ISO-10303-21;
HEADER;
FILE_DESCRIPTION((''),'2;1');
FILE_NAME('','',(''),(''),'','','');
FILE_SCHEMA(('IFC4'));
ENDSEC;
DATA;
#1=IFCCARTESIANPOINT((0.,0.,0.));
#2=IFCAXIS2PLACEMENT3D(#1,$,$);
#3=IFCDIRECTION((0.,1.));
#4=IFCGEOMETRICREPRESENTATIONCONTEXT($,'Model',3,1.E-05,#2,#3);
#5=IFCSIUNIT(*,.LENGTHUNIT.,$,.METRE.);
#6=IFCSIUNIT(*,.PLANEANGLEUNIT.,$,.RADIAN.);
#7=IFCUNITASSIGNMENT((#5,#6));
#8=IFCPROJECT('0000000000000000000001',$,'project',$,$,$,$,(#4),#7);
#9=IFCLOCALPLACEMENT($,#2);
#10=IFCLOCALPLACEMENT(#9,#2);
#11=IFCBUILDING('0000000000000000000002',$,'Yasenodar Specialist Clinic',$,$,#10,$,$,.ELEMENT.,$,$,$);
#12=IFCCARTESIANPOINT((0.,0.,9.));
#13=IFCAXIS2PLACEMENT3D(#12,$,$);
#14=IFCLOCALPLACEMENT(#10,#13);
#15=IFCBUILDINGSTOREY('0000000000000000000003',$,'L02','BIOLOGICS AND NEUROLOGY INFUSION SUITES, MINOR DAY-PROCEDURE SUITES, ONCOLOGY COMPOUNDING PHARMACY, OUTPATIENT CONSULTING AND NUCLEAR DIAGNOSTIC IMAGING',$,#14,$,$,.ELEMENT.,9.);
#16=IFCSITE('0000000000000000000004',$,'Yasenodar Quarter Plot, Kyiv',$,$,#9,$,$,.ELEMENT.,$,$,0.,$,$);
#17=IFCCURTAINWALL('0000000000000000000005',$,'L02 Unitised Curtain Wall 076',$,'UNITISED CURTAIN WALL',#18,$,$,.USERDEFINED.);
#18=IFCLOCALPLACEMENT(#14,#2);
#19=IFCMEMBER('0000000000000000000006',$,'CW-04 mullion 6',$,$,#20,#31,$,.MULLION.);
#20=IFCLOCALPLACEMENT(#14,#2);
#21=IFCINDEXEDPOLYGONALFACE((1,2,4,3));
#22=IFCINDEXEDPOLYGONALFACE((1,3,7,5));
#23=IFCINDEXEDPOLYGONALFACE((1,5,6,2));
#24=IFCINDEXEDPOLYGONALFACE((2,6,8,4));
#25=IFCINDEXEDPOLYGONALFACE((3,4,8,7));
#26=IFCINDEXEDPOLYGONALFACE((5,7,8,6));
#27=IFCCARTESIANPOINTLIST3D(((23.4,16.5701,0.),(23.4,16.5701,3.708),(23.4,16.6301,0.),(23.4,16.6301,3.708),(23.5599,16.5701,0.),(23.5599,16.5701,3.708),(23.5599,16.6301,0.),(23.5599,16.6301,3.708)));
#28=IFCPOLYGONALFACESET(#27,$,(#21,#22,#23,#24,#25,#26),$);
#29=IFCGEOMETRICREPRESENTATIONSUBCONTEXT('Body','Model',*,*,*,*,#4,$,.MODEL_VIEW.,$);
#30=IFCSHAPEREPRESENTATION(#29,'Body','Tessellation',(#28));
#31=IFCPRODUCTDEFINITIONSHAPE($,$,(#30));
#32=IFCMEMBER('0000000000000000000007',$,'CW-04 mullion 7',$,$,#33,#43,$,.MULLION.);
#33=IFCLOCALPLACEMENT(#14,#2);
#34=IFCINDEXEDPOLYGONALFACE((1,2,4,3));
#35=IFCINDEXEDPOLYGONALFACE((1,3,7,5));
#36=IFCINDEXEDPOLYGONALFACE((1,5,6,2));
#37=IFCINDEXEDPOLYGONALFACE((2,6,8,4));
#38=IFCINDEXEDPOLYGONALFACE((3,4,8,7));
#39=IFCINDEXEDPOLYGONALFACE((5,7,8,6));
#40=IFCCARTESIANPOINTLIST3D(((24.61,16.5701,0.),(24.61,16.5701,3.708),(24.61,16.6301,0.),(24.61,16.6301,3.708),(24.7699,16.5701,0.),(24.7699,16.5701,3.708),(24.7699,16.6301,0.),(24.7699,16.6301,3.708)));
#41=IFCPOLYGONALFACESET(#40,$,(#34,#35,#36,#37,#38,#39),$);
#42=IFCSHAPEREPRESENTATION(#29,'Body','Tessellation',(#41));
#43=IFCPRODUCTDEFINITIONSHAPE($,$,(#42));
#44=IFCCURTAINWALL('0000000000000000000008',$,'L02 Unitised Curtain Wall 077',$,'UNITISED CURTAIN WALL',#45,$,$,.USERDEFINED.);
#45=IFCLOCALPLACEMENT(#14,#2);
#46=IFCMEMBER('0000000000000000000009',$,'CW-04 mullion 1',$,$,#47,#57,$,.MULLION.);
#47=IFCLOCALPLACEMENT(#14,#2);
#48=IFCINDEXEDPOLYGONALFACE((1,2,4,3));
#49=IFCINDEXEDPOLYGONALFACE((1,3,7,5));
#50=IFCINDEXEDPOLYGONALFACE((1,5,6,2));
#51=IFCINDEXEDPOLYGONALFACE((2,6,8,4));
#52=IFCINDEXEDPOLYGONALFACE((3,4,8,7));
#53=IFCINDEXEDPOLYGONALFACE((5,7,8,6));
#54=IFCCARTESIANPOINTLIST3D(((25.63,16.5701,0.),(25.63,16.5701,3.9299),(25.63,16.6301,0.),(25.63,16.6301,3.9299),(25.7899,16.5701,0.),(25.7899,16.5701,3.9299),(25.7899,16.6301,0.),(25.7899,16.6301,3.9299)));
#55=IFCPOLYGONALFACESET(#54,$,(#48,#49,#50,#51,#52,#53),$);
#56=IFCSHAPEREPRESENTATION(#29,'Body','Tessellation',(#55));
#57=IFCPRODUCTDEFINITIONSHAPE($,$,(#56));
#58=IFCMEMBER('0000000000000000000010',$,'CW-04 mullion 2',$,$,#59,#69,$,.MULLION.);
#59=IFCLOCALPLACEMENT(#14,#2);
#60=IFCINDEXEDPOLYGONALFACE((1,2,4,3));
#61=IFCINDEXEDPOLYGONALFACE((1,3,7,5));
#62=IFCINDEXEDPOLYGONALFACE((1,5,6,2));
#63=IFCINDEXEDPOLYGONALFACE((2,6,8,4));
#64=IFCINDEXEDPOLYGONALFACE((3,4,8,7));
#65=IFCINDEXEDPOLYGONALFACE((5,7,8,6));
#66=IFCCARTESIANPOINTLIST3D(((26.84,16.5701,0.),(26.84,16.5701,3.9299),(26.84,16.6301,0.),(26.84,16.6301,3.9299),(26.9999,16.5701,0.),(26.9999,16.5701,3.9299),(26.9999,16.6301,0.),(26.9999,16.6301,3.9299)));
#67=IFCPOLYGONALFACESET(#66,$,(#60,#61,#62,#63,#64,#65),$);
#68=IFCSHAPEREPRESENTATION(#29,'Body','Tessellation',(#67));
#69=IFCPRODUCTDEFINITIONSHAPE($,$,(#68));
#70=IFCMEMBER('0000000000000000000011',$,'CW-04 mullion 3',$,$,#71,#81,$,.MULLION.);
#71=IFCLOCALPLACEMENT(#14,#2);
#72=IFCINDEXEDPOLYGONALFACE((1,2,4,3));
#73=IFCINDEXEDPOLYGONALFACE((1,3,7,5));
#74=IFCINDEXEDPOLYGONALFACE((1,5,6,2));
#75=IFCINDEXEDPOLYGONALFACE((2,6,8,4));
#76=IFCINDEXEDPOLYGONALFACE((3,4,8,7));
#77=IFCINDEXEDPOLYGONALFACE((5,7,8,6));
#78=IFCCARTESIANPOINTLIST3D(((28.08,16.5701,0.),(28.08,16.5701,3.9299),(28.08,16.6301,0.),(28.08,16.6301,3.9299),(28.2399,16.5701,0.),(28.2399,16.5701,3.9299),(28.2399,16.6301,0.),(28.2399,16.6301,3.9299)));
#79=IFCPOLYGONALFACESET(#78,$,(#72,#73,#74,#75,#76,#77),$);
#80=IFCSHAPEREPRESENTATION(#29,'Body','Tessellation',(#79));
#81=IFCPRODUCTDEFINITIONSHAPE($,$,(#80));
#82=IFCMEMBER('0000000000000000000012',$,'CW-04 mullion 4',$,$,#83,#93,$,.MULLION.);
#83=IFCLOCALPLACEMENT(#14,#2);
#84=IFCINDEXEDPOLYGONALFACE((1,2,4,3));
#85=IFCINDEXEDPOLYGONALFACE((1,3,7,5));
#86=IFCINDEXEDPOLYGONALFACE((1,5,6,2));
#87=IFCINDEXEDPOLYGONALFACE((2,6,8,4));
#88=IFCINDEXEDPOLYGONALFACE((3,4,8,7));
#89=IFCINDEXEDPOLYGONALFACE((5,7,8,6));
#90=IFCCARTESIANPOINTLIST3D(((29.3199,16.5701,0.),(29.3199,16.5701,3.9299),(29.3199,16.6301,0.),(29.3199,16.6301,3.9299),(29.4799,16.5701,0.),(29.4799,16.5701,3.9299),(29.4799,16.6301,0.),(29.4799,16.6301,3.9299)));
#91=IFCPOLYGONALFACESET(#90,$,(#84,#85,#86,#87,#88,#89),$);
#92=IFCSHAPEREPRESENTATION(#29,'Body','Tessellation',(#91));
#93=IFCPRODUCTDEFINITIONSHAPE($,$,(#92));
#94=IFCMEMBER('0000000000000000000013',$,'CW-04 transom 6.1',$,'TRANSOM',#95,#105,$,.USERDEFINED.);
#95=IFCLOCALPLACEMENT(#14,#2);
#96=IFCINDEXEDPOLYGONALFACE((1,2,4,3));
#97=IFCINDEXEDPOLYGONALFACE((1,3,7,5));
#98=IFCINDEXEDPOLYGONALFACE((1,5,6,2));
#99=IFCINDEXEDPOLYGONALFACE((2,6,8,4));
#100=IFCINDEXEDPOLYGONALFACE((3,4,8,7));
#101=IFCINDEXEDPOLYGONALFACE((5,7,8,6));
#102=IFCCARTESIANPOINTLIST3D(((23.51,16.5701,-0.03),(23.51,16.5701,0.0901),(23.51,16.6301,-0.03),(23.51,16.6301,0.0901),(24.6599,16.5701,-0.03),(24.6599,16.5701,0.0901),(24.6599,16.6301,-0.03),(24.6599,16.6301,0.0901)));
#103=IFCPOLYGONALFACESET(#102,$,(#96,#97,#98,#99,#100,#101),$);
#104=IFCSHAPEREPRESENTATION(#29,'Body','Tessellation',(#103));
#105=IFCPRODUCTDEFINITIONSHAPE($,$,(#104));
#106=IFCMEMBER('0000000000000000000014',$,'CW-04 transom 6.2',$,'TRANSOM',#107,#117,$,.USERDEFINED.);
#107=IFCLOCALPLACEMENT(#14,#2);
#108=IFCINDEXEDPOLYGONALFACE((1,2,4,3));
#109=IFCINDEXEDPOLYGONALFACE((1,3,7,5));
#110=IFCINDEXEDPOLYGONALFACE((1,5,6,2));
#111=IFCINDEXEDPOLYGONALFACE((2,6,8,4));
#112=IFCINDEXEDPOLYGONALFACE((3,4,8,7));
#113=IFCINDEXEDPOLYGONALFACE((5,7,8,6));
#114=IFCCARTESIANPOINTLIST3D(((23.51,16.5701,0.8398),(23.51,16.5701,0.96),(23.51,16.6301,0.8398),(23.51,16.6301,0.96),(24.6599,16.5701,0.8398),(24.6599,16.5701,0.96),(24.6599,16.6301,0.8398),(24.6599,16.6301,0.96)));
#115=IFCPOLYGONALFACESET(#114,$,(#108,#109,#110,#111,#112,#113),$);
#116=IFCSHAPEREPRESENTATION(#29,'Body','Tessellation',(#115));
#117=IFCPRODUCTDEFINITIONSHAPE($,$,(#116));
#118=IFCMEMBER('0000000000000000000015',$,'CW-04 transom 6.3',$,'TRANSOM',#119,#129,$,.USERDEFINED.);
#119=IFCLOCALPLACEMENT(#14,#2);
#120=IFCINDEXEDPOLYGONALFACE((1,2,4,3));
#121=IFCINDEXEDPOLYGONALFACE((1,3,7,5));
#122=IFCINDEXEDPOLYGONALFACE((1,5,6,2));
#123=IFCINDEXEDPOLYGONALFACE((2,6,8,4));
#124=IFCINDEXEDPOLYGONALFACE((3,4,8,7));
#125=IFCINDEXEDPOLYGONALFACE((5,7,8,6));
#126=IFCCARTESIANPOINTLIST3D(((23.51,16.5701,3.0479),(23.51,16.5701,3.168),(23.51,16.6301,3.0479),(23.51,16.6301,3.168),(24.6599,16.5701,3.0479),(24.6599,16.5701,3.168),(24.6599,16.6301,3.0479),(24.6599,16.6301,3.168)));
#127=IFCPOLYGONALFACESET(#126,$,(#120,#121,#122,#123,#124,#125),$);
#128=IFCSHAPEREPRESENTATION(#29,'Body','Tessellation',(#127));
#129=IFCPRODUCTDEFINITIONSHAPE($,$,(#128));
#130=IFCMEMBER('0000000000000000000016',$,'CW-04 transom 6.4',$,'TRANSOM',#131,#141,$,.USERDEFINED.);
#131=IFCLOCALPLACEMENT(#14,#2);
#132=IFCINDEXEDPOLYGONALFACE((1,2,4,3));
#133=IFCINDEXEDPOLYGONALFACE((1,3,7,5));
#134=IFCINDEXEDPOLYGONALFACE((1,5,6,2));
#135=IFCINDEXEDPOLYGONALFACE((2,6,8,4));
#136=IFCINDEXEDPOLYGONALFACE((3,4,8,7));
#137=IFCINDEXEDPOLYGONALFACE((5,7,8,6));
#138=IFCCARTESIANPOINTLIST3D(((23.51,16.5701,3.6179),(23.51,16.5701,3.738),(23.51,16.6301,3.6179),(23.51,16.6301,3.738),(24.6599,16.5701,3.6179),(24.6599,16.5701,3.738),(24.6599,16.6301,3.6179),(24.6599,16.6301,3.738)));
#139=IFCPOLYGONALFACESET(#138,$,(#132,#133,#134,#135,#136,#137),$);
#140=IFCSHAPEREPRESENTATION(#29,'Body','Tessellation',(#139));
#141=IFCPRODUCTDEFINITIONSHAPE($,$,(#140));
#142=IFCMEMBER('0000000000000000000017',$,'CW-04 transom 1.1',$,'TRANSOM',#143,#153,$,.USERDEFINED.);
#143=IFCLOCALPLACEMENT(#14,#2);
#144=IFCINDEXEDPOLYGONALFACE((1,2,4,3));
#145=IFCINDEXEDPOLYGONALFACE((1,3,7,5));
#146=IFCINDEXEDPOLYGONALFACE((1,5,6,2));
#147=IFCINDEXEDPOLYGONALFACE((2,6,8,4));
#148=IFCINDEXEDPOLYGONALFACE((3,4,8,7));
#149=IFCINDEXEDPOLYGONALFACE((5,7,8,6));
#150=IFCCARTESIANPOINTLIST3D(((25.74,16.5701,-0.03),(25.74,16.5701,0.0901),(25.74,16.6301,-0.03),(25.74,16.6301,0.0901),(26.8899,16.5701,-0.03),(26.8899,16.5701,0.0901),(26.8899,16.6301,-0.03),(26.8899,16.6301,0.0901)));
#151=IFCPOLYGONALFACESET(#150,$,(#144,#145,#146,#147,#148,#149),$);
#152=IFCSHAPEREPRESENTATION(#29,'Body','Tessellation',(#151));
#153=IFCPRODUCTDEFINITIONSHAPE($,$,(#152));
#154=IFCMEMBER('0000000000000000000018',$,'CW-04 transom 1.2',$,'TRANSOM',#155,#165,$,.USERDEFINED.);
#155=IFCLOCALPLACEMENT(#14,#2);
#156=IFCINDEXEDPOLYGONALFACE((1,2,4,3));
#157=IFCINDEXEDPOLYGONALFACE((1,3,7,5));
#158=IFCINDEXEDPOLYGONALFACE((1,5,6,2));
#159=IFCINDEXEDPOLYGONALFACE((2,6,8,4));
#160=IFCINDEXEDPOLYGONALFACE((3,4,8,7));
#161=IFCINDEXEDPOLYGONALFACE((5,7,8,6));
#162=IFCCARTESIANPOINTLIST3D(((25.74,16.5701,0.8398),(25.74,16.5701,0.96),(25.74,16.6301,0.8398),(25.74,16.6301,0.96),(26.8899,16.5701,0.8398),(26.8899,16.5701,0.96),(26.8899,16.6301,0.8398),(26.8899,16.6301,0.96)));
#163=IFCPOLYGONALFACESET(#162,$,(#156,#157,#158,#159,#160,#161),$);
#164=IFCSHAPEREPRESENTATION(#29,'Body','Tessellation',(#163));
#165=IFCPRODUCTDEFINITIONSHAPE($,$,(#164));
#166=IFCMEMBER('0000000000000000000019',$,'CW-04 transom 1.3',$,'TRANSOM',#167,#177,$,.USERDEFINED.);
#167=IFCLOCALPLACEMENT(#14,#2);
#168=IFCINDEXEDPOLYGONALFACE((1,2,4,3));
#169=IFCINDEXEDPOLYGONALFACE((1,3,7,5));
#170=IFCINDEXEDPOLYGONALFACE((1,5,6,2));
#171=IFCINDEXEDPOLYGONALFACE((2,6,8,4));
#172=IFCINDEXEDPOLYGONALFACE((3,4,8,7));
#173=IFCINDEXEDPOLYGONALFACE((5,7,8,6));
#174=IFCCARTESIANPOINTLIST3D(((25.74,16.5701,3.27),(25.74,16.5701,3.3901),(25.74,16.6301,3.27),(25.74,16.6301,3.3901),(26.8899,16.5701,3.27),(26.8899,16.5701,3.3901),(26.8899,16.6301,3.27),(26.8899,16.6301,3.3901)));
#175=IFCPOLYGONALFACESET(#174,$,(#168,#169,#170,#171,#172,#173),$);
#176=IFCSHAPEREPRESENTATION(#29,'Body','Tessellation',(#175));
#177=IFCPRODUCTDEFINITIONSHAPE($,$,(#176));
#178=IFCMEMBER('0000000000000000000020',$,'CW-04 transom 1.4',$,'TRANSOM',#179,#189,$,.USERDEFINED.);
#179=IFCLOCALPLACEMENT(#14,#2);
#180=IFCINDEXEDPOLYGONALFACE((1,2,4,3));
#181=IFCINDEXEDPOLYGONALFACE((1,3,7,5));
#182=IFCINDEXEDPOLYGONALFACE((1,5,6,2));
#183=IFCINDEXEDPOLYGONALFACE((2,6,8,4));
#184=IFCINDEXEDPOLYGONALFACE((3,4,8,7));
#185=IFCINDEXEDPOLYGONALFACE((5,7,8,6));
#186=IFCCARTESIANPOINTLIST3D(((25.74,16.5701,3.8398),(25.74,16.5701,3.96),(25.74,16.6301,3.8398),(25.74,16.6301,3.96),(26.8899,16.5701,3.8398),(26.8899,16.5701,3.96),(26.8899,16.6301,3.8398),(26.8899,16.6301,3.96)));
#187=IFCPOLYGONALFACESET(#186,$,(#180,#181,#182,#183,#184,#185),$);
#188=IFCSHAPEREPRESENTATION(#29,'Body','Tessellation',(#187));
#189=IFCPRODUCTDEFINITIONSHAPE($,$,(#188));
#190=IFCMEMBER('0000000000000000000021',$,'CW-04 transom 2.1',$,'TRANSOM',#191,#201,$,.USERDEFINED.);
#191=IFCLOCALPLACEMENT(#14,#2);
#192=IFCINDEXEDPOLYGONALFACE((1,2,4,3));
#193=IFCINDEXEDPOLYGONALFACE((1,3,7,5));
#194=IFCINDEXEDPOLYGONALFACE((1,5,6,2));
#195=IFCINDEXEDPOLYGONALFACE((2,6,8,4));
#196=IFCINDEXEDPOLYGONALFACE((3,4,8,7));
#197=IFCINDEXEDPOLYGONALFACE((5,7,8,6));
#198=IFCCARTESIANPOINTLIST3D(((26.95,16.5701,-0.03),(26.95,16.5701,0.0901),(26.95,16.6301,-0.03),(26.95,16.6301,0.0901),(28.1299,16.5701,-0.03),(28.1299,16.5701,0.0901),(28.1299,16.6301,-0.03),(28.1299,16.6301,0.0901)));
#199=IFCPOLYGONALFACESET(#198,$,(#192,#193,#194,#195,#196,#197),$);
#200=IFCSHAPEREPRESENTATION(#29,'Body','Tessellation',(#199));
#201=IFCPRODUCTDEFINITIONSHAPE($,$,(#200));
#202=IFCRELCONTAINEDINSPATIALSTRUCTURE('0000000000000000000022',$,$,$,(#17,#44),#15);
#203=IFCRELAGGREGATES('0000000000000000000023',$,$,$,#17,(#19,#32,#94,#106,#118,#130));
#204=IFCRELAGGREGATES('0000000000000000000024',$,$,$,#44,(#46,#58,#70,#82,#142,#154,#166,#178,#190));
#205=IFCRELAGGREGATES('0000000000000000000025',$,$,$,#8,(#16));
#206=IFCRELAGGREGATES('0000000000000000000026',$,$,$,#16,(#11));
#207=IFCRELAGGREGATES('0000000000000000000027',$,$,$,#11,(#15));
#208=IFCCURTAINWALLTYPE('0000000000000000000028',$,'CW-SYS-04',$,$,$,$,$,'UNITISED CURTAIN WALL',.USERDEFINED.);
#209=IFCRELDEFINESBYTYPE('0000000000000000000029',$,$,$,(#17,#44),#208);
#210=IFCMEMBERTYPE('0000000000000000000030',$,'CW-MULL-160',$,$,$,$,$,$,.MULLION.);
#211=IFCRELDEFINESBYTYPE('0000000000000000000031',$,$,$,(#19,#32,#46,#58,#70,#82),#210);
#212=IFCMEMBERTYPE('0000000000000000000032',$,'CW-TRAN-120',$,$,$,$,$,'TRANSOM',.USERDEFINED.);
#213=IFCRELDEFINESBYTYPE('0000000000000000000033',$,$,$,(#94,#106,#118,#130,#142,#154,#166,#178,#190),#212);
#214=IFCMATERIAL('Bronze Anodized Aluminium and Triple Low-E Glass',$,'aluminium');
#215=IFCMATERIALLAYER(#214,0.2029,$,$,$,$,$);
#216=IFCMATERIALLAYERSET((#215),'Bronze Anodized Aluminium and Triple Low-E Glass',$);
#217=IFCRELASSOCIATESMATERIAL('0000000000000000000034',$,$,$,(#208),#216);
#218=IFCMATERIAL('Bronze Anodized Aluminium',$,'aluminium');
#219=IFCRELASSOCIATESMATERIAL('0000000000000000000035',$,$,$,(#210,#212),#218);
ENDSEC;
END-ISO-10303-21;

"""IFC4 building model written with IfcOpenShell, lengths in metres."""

from ifc_helpers import new_model, si_unit, direction, frame, origin, origin_2d, place, context, subcontext, project, spatial, rectangle, extrude, material, layer, layer_set, material_profile, profile_set, type_object, element, aggregate, save


model = new_model("IFC4")

# Units and contexts
model_context = context("Model", 3, precision=1e-05, world=origin(), true_north=direction((0.0, 1.0)))
body_context = subcontext(model_context, "Body", "Model", "MODEL_VIEW")
ifc_project = project(units=[si_unit("LENGTHUNIT", "METRE"), si_unit("PLANEANGLEUNIT", "RADIAN")], contexts=[model_context])

# Site, building, storey
site_placement = place(None, origin())
site = spatial("IfcSite", under=ifc_project, at=site_placement, Name="Yasenodar Quarter Plot, Kyiv", CompositionType="ELEMENT", RefElevation=0.0)
building_placement = place(site_placement, origin())
building = spatial("IfcBuilding", under=site, at=building_placement, Name="Yasenodar Specialist Clinic", CompositionType="ELEMENT")
storey_placement = place(building_placement, frame((0.0, 0.0, 9.0)))
storey = spatial("IfcBuildingStorey", under=building, at=storey_placement, Name="L02", Description="BIOLOGICS AND NEUROLOGY INFUSION SUITES, MINOR DAY-PROCEDURE SUITES, ONCOLOGY COMPOUNDING PHARMACY, OUTPATIENT CONSULTING AND NUCLEAR DIAGNOSTIC IMAGING", CompositionType="ELEMENT", Elevation=9.0)

# Curtain walls, members
ifc_material_1 = material(Name="Bronze Anodized Aluminium and Triple Low-E Glass", Category="aluminium")
ifc_layer_1 = layer(ifc_material_1, 0.2029)
ifc_layer_set_1 = layer_set([ifc_layer_1], Name="Bronze Anodized Aluminium and Triple Low-E Glass")
curtain_wall_type = type_object("IfcCurtainWallType", Name="CW-SYS-04", ElementType="UNITISED CURTAIN WALL", PredefinedType="USERDEFINED", material=ifc_layer_set_1)
curtain_wall_1_placement = place(storey_placement, origin())
curtain_wall_1 = element("IfcCurtainWall", 1, at=curtain_wall_1_placement, inside=storey, type_object=curtain_wall_type, Name="L02 Unitised Curtain Wall 076", ObjectType="UNITISED CURTAIN WALL", PredefinedType="USERDEFINED")
ifc_material_2 = material(Name="Bronze Anodized Aluminium", Category="aluminium")
ifc_material_profile_1 = material_profile(ifc_material_2, rectangle(XDim=0.0601, YDim=0.1599, at=origin_2d()), Name="CW-MULL 60x160")
ifc_profile_set_1 = profile_set([ifc_material_profile_1], Name="Bronze Anodized Aluminium")
member_type_1 = type_object("IfcMemberType", Name="CW-MULL-160", PredefinedType="MULLION", material=ifc_profile_set_1)
member_1_placement = place(storey_placement, frame((23.48, 16.6001, 0.0), z_axis=(0.0, 0.0, 1.0), x_axis=(0.0, 1.0, 0.0)))
member_1 = element("IfcMember", 2, at=member_1_placement, type_object=member_type_1, Name="CW-04 mullion 6", PredefinedType="MULLION", context=body_context, shape_type="SweptSolid", body=[
    extrude(rectangle(XDim=0.0601, YDim=0.1599, at=origin_2d()), origin(), (0.0, 0.0, 1.0), 3.708),
])
member_2_placement = place(storey_placement, frame((24.6899, 16.6001, 0.0), z_axis=(0.0, 0.0, 1.0), x_axis=(0.0, 1.0, 0.0)))
member_2 = element("IfcMember", 3, at=member_2_placement, type_object=member_type_1, Name="CW-04 mullion 7", PredefinedType="MULLION", context=body_context, shape_type="SweptSolid", body=[
    extrude(rectangle(XDim=0.0601, YDim=0.1599, at=origin_2d()), origin(), (0.0, 0.0, 1.0), 3.708),
])
curtain_wall_2_placement = place(storey_placement, origin())
curtain_wall_2 = element("IfcCurtainWall", 4, at=curtain_wall_2_placement, inside=storey, type_object=curtain_wall_type, Name="L02 Unitised Curtain Wall 077", ObjectType="UNITISED CURTAIN WALL", PredefinedType="USERDEFINED")
member_3_placement = place(storey_placement, frame((25.71, 16.6001, 0.0), z_axis=(0.0, 0.0, 1.0), x_axis=(0.0, 1.0, 0.0)))
member_3 = element("IfcMember", 5, at=member_3_placement, type_object=member_type_1, Name="CW-04 mullion 1", PredefinedType="MULLION", context=body_context, shape_type="SweptSolid", body=[
    extrude(rectangle(XDim=0.0601, YDim=0.1599, at=origin_2d()), origin(), (0.0, 0.0, 1.0), 3.9299),
])
member_4_placement = place(storey_placement, frame((26.9199, 16.6001, 0.0), z_axis=(0.0, 0.0, 1.0), x_axis=(0.0, 1.0, 0.0)))
member_4 = element("IfcMember", 6, at=member_4_placement, type_object=member_type_1, Name="CW-04 mullion 2", PredefinedType="MULLION", context=body_context, shape_type="SweptSolid", body=[
    extrude(rectangle(XDim=0.0601, YDim=0.1599, at=origin_2d()), origin(), (0.0, 0.0, 1.0), 3.9299),
])
member_5_placement = place(storey_placement, frame((28.1599, 16.6001, 0.0), z_axis=(0.0, 0.0, 1.0), x_axis=(0.0, 1.0, 0.0)))
member_5 = element("IfcMember", 7, at=member_5_placement, type_object=member_type_1, Name="CW-04 mullion 3", PredefinedType="MULLION", context=body_context, shape_type="SweptSolid", body=[
    extrude(rectangle(XDim=0.0601, YDim=0.1599, at=origin_2d()), origin(), (0.0, 0.0, 1.0), 3.9299),
])
member_6_placement = place(storey_placement, frame((29.3999, 16.6001, 0.0), z_axis=(0.0, 0.0, 1.0), x_axis=(0.0, 1.0, 0.0)))
member_6 = element("IfcMember", 8, at=member_6_placement, type_object=member_type_1, Name="CW-04 mullion 4", PredefinedType="MULLION", context=body_context, shape_type="SweptSolid", body=[
    extrude(rectangle(XDim=0.0601, YDim=0.1599, at=origin_2d()), origin(), (0.0, 0.0, 1.0), 3.9299),
])

# Members
ifc_material_profile_2 = material_profile(ifc_material_2, rectangle(XDim=0.0601, YDim=0.1201, at=origin_2d()), Name="CW-TRAN 60x120")
ifc_profile_set_2 = profile_set([ifc_material_profile_2], Name="Bronze Anodized Aluminium")
member_type_2 = type_object("IfcMemberType", Name="CW-TRAN-120", ElementType="TRANSOM", PredefinedType="USERDEFINED", material=ifc_profile_set_2)
member_7_placement = place(storey_placement, frame((23.51, 16.6001, 0.03), z_axis=(1.0, 0.0, 0.0), x_axis=(0.0, 1.0, 0.0)))
member_7 = element("IfcMember", 9, at=member_7_placement, type_object=member_type_2, Name="CW-04 transom 6.1", ObjectType="TRANSOM", PredefinedType="USERDEFINED", context=body_context, shape_type="SweptSolid", body=[
    extrude(rectangle(XDim=0.0601, YDim=0.1201, at=origin_2d()), origin(), (0.0, 0.0, 1.0), 1.1499),
])
member_8_placement = place(storey_placement, frame((23.51, 16.6001, 0.8999), z_axis=(1.0, 0.0, 0.0), x_axis=(0.0, 1.0, 0.0)))
member_8 = element("IfcMember", 10, at=member_8_placement, type_object=member_type_2, Name="CW-04 transom 6.2", ObjectType="TRANSOM", PredefinedType="USERDEFINED", context=body_context, shape_type="SweptSolid", body=[
    extrude(rectangle(XDim=0.0601, YDim=0.1201, at=origin_2d()), origin(), (0.0, 0.0, 1.0), 1.1499),
])
member_9_placement = place(storey_placement, frame((23.51, 16.6001, 3.1079), z_axis=(1.0, 0.0, 0.0), x_axis=(0.0, 1.0, 0.0)))
member_9 = element("IfcMember", 11, at=member_9_placement, type_object=member_type_2, Name="CW-04 transom 6.3", ObjectType="TRANSOM", PredefinedType="USERDEFINED", context=body_context, shape_type="SweptSolid", body=[
    extrude(rectangle(XDim=0.0601, YDim=0.1201, at=origin_2d()), origin(), (0.0, 0.0, 1.0), 1.1499),
])
member_10_placement = place(storey_placement, frame((23.51, 16.6001, 3.678), z_axis=(1.0, 0.0, 0.0), x_axis=(0.0, 1.0, 0.0)))
member_10 = element("IfcMember", 12, at=member_10_placement, type_object=member_type_2, Name="CW-04 transom 6.4", ObjectType="TRANSOM", PredefinedType="USERDEFINED", context=body_context, shape_type="SweptSolid", body=[
    extrude(rectangle(XDim=0.0601, YDim=0.1201, at=origin_2d()), origin(), (0.0, 0.0, 1.0), 1.1499),
])
member_11_placement = place(storey_placement, frame((25.74, 16.6001, 0.03), z_axis=(1.0, 0.0, 0.0), x_axis=(0.0, 1.0, 0.0)))
member_11 = element("IfcMember", 13, at=member_11_placement, type_object=member_type_2, Name="CW-04 transom 1.1", ObjectType="TRANSOM", PredefinedType="USERDEFINED", context=body_context, shape_type="SweptSolid", body=[
    extrude(rectangle(XDim=0.0601, YDim=0.1201, at=origin_2d()), origin(), (0.0, 0.0, 1.0), 1.1499),
])
member_12_placement = place(storey_placement, frame((25.74, 16.6001, 0.8999), z_axis=(1.0, 0.0, 0.0), x_axis=(0.0, 1.0, 0.0)))
member_12 = element("IfcMember", 14, at=member_12_placement, type_object=member_type_2, Name="CW-04 transom 1.2", ObjectType="TRANSOM", PredefinedType="USERDEFINED", context=body_context, shape_type="SweptSolid", body=[
    extrude(rectangle(XDim=0.0601, YDim=0.1201, at=origin_2d()), origin(), (0.0, 0.0, 1.0), 1.1499),
])
member_13_placement = place(storey_placement, frame((25.74, 16.6001, 3.3301), z_axis=(1.0, 0.0, 0.0), x_axis=(0.0, 1.0, 0.0)))
member_13 = element("IfcMember", 15, at=member_13_placement, type_object=member_type_2, Name="CW-04 transom 1.3", ObjectType="TRANSOM", PredefinedType="USERDEFINED", context=body_context, shape_type="SweptSolid", body=[
    extrude(rectangle(XDim=0.0601, YDim=0.1201, at=origin_2d()), origin(), (0.0, 0.0, 1.0), 1.1499),
])
member_14_placement = place(storey_placement, frame((25.74, 16.6001, 3.8999), z_axis=(1.0, 0.0, 0.0), x_axis=(0.0, 1.0, 0.0)))
member_14 = element("IfcMember", 16, at=member_14_placement, type_object=member_type_2, Name="CW-04 transom 1.4", ObjectType="TRANSOM", PredefinedType="USERDEFINED", context=body_context, shape_type="SweptSolid", body=[
    extrude(rectangle(XDim=0.0601, YDim=0.1201, at=origin_2d()), origin(), (0.0, 0.0, 1.0), 1.1499),
])
member_15_placement = place(storey_placement, frame((26.95, 16.6001, 0.03), z_axis=(1.0, 0.0, 0.0), x_axis=(0.0, 1.0, 0.0)))
member_15 = element("IfcMember", 17, at=member_15_placement, type_object=member_type_2, Name="CW-04 transom 2.1", ObjectType="TRANSOM", PredefinedType="USERDEFINED", context=body_context, shape_type="SweptSolid", body=[
    extrude(rectangle(XDim=0.0601, YDim=0.1201, at=origin_2d()), origin(), (0.0, 0.0, 1.0), 1.1799),
])

aggregate(curtain_wall_1, [member_1, member_2, member_7, member_8, member_9, member_10])
aggregate(curtain_wall_2, [member_3, member_4, member_5, member_6, member_11, member_12, member_13, member_14, member_15])

save(model, "model.ifc")
